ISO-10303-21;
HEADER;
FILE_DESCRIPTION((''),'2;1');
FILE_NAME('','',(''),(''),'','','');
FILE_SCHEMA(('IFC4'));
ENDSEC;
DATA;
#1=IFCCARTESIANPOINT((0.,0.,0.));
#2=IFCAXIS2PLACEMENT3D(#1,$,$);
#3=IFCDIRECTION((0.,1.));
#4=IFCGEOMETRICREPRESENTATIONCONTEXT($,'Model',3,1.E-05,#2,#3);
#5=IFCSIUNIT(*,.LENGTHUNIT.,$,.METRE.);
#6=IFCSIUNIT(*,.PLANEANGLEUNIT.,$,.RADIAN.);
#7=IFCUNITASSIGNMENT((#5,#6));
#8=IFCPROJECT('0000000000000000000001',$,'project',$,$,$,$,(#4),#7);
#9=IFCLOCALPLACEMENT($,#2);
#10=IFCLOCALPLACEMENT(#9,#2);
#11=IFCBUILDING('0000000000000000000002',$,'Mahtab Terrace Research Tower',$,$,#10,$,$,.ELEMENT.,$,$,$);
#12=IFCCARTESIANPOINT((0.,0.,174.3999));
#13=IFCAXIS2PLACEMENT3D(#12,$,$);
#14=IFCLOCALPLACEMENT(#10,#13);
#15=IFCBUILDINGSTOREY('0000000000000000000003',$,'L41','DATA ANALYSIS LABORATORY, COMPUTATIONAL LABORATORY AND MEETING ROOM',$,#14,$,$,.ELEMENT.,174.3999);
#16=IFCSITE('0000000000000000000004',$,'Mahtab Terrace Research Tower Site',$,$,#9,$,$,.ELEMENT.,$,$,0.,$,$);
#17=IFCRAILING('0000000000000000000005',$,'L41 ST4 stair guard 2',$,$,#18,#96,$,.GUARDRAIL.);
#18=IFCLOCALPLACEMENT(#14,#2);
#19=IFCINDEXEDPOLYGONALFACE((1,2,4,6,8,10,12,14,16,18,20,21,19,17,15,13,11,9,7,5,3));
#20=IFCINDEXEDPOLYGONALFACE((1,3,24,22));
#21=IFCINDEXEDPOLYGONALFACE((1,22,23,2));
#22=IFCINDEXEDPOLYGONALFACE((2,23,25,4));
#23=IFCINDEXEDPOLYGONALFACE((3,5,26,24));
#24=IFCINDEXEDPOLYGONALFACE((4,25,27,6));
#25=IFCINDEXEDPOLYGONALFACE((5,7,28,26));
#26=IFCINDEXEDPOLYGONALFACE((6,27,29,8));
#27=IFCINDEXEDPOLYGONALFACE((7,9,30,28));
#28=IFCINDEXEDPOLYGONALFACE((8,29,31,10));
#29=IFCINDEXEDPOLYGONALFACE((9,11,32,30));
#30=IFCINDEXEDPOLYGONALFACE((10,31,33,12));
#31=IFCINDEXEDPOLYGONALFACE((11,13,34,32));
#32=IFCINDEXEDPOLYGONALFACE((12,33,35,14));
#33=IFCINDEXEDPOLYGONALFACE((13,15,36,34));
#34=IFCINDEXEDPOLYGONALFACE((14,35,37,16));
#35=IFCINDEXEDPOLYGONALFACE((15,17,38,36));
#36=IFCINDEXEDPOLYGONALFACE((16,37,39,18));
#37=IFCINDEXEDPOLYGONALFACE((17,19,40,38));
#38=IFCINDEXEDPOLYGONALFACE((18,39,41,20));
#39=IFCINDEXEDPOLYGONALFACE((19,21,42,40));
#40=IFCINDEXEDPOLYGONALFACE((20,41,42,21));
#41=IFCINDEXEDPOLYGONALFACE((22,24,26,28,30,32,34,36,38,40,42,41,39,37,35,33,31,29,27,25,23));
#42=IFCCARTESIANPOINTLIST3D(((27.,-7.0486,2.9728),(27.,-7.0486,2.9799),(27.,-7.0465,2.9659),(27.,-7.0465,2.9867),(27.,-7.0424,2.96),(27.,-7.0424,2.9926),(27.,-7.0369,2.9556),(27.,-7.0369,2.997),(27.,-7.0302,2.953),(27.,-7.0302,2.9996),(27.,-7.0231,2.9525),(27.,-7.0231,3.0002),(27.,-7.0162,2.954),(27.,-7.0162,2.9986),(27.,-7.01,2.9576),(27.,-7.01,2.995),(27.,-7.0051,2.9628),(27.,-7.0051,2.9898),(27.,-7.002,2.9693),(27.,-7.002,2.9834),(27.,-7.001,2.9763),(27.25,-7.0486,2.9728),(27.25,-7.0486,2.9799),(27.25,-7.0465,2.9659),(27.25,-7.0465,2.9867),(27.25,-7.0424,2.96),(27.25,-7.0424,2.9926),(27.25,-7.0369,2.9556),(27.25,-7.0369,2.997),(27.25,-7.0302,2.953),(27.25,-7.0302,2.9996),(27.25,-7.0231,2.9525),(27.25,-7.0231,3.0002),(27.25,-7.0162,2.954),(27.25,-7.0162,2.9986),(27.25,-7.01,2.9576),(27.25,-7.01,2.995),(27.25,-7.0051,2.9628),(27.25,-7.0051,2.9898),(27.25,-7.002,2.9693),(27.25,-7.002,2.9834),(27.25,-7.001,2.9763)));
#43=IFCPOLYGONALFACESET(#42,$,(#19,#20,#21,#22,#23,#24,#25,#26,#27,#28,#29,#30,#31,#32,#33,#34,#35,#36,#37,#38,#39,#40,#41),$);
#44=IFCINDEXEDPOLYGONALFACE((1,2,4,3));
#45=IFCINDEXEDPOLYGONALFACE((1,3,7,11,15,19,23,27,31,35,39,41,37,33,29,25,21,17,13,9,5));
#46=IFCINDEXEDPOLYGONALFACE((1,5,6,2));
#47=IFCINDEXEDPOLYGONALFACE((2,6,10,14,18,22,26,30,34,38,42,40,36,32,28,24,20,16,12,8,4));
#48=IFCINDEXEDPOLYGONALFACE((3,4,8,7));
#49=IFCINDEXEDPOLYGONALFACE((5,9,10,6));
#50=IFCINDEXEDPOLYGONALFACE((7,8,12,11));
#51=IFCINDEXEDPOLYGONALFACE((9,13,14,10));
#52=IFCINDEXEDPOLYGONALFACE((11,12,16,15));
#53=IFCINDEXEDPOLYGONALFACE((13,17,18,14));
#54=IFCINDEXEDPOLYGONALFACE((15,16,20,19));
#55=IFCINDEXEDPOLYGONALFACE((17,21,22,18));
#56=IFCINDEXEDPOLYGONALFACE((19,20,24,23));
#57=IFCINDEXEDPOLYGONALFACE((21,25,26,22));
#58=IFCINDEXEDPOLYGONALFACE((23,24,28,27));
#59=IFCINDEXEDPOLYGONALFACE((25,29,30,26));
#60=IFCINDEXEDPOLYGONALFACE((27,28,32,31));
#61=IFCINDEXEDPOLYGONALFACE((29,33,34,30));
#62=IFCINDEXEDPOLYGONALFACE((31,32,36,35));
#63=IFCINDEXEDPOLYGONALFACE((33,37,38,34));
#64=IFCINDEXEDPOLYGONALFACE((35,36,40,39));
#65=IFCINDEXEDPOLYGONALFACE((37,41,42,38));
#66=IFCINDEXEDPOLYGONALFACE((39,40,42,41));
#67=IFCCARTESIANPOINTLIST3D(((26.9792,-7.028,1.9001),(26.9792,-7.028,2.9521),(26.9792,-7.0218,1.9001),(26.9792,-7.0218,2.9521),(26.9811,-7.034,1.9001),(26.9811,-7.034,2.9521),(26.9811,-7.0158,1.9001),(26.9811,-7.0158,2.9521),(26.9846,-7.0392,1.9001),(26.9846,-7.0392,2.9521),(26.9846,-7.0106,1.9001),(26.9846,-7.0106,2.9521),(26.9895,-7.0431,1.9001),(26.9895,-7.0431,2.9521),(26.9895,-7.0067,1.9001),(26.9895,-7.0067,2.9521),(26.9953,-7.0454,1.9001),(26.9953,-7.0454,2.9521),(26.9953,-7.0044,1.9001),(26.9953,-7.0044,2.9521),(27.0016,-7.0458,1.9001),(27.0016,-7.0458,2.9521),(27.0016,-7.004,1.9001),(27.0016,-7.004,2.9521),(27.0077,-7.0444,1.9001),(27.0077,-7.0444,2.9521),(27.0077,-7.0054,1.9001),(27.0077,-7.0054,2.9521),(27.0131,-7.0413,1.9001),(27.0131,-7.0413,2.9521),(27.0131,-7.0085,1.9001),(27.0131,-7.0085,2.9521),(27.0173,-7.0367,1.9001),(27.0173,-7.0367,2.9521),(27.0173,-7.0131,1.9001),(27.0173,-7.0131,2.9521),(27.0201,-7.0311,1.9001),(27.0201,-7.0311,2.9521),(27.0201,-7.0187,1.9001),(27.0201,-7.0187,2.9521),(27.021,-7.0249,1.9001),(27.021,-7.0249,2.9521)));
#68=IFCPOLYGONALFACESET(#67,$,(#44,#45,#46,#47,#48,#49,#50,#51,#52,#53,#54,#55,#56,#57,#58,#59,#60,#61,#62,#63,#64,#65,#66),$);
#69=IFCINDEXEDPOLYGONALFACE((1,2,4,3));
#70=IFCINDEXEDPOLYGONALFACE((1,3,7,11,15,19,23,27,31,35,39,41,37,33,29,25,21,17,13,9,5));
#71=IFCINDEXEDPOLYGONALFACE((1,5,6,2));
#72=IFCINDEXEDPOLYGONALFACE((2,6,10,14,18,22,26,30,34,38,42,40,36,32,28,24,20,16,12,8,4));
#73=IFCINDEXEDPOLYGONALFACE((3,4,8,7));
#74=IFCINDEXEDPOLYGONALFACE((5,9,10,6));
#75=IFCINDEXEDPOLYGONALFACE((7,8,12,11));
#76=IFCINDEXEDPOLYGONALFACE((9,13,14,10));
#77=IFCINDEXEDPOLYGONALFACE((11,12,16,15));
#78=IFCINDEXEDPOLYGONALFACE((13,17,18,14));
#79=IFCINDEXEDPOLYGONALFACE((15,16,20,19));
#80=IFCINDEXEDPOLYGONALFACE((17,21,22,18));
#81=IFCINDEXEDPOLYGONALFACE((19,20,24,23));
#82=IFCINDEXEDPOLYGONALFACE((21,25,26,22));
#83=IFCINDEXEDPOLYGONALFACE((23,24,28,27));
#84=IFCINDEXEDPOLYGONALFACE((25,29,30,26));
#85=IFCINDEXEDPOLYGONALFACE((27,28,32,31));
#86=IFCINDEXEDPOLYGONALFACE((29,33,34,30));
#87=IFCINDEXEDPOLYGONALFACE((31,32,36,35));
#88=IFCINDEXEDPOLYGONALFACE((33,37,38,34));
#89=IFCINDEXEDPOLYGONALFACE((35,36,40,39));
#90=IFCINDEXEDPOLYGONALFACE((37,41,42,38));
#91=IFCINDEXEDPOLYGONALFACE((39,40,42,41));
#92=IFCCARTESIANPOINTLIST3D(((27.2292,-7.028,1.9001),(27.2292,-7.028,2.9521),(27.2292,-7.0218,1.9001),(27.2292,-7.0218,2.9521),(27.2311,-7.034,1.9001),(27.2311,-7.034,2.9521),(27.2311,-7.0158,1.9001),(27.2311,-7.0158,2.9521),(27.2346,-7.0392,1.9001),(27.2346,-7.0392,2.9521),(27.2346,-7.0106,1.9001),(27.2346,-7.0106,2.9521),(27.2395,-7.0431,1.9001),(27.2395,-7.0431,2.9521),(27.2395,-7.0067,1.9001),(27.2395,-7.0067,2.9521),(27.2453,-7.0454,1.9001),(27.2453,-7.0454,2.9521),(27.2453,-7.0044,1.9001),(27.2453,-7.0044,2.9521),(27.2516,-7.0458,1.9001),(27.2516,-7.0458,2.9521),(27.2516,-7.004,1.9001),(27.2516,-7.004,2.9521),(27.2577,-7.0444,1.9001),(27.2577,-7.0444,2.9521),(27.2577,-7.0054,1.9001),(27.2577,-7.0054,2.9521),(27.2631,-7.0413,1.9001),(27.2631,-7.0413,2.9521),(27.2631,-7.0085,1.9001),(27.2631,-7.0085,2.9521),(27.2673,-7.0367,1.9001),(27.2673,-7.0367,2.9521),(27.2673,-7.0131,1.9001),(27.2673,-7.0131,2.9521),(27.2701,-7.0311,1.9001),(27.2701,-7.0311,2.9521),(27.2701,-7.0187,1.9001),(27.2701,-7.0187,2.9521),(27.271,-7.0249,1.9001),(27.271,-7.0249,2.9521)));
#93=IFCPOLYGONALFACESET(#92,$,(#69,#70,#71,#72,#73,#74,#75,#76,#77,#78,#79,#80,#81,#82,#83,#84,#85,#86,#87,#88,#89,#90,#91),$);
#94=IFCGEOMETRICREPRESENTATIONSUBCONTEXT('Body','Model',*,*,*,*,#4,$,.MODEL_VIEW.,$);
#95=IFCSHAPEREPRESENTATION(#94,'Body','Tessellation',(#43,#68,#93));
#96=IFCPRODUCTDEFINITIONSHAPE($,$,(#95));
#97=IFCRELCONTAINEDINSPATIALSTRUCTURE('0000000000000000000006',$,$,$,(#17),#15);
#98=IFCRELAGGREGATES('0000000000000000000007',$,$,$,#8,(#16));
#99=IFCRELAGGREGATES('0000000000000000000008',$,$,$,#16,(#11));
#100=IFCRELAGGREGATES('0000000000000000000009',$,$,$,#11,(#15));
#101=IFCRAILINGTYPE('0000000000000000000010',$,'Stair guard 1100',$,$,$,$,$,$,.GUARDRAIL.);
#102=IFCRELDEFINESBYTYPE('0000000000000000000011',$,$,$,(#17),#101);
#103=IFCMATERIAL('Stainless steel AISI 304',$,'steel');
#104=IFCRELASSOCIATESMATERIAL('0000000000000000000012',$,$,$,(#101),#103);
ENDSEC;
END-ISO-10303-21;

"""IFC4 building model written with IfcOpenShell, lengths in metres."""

from ifc_helpers import new_model, si_unit, direction, frame, origin, origin_2d, place, context, subcontext, project, spatial, circle, extrude, material, type_object, element, save


model = new_model("IFC4")

# Units and contexts
model_context = context("Model", 3, precision=1e-05, world=origin(), true_north=direction((0.0, 1.0)))
body_context = subcontext(model_context, "Body", "Model", "MODEL_VIEW")
ifc_project = project(units=[si_unit("LENGTHUNIT", "METRE"), si_unit("PLANEANGLEUNIT", "RADIAN")], contexts=[model_context])

# Site, building, storey
site_placement = place(None, origin())
site = spatial("IfcSite", under=ifc_project, at=site_placement, Name="Mahtab Terrace Research Tower Site", CompositionType="ELEMENT", RefElevation=0.0)
building_placement = place(site_placement, origin())
building = spatial("IfcBuilding", under=site, at=building_placement, Name="Mahtab Terrace Research Tower", CompositionType="ELEMENT")
storey_placement = place(building_placement, frame((0.0, 0.0, 174.3999)))
storey = spatial("IfcBuildingStorey", under=building, at=storey_placement, Name="L41", Description="DATA ANALYSIS LABORATORY, COMPUTATIONAL LABORATORY AND MEETING ROOM", CompositionType="ELEMENT", Elevation=174.3999)

# Railing
ifc_material_1 = material(Name="Stainless steel AISI 304", Category="steel")
railing_type_1 = type_object("IfcRailingType", Name="Stair guard 1100", PredefinedType="GUARDRAIL", material=ifc_material_1)
railing_1_placement = place(storey_placement, frame((27.0, -7.0249, 1.9001)))
element("IfcRailing", 1, at=railing_1_placement, inside=storey, type_object=railing_type_1, Name="L41 ST4 stair guard 2", PredefinedType="GUARDRAIL", context=body_context, shape_type="SweptSolid", body=[
    extrude(circle(Radius=0.0239, at=origin_2d()), frame((0.0, 0.0, 1.0762), z_axis=(1.0, 0.0, 0.0), x_axis=(0.0, 1.0, 0.0)), (0.0, 0.0, 1.0), 0.25),
    extrude(circle(Radius=0.021, at=origin_2d()), origin(), (0.0, 0.0, 1.0), 1.052),
    extrude(circle(Radius=0.021, at=origin_2d()), frame((0.25, 0.0, 0.0)), (0.0, 0.0, 1.0), 1.052),
])

save(model, "model.ifc")
